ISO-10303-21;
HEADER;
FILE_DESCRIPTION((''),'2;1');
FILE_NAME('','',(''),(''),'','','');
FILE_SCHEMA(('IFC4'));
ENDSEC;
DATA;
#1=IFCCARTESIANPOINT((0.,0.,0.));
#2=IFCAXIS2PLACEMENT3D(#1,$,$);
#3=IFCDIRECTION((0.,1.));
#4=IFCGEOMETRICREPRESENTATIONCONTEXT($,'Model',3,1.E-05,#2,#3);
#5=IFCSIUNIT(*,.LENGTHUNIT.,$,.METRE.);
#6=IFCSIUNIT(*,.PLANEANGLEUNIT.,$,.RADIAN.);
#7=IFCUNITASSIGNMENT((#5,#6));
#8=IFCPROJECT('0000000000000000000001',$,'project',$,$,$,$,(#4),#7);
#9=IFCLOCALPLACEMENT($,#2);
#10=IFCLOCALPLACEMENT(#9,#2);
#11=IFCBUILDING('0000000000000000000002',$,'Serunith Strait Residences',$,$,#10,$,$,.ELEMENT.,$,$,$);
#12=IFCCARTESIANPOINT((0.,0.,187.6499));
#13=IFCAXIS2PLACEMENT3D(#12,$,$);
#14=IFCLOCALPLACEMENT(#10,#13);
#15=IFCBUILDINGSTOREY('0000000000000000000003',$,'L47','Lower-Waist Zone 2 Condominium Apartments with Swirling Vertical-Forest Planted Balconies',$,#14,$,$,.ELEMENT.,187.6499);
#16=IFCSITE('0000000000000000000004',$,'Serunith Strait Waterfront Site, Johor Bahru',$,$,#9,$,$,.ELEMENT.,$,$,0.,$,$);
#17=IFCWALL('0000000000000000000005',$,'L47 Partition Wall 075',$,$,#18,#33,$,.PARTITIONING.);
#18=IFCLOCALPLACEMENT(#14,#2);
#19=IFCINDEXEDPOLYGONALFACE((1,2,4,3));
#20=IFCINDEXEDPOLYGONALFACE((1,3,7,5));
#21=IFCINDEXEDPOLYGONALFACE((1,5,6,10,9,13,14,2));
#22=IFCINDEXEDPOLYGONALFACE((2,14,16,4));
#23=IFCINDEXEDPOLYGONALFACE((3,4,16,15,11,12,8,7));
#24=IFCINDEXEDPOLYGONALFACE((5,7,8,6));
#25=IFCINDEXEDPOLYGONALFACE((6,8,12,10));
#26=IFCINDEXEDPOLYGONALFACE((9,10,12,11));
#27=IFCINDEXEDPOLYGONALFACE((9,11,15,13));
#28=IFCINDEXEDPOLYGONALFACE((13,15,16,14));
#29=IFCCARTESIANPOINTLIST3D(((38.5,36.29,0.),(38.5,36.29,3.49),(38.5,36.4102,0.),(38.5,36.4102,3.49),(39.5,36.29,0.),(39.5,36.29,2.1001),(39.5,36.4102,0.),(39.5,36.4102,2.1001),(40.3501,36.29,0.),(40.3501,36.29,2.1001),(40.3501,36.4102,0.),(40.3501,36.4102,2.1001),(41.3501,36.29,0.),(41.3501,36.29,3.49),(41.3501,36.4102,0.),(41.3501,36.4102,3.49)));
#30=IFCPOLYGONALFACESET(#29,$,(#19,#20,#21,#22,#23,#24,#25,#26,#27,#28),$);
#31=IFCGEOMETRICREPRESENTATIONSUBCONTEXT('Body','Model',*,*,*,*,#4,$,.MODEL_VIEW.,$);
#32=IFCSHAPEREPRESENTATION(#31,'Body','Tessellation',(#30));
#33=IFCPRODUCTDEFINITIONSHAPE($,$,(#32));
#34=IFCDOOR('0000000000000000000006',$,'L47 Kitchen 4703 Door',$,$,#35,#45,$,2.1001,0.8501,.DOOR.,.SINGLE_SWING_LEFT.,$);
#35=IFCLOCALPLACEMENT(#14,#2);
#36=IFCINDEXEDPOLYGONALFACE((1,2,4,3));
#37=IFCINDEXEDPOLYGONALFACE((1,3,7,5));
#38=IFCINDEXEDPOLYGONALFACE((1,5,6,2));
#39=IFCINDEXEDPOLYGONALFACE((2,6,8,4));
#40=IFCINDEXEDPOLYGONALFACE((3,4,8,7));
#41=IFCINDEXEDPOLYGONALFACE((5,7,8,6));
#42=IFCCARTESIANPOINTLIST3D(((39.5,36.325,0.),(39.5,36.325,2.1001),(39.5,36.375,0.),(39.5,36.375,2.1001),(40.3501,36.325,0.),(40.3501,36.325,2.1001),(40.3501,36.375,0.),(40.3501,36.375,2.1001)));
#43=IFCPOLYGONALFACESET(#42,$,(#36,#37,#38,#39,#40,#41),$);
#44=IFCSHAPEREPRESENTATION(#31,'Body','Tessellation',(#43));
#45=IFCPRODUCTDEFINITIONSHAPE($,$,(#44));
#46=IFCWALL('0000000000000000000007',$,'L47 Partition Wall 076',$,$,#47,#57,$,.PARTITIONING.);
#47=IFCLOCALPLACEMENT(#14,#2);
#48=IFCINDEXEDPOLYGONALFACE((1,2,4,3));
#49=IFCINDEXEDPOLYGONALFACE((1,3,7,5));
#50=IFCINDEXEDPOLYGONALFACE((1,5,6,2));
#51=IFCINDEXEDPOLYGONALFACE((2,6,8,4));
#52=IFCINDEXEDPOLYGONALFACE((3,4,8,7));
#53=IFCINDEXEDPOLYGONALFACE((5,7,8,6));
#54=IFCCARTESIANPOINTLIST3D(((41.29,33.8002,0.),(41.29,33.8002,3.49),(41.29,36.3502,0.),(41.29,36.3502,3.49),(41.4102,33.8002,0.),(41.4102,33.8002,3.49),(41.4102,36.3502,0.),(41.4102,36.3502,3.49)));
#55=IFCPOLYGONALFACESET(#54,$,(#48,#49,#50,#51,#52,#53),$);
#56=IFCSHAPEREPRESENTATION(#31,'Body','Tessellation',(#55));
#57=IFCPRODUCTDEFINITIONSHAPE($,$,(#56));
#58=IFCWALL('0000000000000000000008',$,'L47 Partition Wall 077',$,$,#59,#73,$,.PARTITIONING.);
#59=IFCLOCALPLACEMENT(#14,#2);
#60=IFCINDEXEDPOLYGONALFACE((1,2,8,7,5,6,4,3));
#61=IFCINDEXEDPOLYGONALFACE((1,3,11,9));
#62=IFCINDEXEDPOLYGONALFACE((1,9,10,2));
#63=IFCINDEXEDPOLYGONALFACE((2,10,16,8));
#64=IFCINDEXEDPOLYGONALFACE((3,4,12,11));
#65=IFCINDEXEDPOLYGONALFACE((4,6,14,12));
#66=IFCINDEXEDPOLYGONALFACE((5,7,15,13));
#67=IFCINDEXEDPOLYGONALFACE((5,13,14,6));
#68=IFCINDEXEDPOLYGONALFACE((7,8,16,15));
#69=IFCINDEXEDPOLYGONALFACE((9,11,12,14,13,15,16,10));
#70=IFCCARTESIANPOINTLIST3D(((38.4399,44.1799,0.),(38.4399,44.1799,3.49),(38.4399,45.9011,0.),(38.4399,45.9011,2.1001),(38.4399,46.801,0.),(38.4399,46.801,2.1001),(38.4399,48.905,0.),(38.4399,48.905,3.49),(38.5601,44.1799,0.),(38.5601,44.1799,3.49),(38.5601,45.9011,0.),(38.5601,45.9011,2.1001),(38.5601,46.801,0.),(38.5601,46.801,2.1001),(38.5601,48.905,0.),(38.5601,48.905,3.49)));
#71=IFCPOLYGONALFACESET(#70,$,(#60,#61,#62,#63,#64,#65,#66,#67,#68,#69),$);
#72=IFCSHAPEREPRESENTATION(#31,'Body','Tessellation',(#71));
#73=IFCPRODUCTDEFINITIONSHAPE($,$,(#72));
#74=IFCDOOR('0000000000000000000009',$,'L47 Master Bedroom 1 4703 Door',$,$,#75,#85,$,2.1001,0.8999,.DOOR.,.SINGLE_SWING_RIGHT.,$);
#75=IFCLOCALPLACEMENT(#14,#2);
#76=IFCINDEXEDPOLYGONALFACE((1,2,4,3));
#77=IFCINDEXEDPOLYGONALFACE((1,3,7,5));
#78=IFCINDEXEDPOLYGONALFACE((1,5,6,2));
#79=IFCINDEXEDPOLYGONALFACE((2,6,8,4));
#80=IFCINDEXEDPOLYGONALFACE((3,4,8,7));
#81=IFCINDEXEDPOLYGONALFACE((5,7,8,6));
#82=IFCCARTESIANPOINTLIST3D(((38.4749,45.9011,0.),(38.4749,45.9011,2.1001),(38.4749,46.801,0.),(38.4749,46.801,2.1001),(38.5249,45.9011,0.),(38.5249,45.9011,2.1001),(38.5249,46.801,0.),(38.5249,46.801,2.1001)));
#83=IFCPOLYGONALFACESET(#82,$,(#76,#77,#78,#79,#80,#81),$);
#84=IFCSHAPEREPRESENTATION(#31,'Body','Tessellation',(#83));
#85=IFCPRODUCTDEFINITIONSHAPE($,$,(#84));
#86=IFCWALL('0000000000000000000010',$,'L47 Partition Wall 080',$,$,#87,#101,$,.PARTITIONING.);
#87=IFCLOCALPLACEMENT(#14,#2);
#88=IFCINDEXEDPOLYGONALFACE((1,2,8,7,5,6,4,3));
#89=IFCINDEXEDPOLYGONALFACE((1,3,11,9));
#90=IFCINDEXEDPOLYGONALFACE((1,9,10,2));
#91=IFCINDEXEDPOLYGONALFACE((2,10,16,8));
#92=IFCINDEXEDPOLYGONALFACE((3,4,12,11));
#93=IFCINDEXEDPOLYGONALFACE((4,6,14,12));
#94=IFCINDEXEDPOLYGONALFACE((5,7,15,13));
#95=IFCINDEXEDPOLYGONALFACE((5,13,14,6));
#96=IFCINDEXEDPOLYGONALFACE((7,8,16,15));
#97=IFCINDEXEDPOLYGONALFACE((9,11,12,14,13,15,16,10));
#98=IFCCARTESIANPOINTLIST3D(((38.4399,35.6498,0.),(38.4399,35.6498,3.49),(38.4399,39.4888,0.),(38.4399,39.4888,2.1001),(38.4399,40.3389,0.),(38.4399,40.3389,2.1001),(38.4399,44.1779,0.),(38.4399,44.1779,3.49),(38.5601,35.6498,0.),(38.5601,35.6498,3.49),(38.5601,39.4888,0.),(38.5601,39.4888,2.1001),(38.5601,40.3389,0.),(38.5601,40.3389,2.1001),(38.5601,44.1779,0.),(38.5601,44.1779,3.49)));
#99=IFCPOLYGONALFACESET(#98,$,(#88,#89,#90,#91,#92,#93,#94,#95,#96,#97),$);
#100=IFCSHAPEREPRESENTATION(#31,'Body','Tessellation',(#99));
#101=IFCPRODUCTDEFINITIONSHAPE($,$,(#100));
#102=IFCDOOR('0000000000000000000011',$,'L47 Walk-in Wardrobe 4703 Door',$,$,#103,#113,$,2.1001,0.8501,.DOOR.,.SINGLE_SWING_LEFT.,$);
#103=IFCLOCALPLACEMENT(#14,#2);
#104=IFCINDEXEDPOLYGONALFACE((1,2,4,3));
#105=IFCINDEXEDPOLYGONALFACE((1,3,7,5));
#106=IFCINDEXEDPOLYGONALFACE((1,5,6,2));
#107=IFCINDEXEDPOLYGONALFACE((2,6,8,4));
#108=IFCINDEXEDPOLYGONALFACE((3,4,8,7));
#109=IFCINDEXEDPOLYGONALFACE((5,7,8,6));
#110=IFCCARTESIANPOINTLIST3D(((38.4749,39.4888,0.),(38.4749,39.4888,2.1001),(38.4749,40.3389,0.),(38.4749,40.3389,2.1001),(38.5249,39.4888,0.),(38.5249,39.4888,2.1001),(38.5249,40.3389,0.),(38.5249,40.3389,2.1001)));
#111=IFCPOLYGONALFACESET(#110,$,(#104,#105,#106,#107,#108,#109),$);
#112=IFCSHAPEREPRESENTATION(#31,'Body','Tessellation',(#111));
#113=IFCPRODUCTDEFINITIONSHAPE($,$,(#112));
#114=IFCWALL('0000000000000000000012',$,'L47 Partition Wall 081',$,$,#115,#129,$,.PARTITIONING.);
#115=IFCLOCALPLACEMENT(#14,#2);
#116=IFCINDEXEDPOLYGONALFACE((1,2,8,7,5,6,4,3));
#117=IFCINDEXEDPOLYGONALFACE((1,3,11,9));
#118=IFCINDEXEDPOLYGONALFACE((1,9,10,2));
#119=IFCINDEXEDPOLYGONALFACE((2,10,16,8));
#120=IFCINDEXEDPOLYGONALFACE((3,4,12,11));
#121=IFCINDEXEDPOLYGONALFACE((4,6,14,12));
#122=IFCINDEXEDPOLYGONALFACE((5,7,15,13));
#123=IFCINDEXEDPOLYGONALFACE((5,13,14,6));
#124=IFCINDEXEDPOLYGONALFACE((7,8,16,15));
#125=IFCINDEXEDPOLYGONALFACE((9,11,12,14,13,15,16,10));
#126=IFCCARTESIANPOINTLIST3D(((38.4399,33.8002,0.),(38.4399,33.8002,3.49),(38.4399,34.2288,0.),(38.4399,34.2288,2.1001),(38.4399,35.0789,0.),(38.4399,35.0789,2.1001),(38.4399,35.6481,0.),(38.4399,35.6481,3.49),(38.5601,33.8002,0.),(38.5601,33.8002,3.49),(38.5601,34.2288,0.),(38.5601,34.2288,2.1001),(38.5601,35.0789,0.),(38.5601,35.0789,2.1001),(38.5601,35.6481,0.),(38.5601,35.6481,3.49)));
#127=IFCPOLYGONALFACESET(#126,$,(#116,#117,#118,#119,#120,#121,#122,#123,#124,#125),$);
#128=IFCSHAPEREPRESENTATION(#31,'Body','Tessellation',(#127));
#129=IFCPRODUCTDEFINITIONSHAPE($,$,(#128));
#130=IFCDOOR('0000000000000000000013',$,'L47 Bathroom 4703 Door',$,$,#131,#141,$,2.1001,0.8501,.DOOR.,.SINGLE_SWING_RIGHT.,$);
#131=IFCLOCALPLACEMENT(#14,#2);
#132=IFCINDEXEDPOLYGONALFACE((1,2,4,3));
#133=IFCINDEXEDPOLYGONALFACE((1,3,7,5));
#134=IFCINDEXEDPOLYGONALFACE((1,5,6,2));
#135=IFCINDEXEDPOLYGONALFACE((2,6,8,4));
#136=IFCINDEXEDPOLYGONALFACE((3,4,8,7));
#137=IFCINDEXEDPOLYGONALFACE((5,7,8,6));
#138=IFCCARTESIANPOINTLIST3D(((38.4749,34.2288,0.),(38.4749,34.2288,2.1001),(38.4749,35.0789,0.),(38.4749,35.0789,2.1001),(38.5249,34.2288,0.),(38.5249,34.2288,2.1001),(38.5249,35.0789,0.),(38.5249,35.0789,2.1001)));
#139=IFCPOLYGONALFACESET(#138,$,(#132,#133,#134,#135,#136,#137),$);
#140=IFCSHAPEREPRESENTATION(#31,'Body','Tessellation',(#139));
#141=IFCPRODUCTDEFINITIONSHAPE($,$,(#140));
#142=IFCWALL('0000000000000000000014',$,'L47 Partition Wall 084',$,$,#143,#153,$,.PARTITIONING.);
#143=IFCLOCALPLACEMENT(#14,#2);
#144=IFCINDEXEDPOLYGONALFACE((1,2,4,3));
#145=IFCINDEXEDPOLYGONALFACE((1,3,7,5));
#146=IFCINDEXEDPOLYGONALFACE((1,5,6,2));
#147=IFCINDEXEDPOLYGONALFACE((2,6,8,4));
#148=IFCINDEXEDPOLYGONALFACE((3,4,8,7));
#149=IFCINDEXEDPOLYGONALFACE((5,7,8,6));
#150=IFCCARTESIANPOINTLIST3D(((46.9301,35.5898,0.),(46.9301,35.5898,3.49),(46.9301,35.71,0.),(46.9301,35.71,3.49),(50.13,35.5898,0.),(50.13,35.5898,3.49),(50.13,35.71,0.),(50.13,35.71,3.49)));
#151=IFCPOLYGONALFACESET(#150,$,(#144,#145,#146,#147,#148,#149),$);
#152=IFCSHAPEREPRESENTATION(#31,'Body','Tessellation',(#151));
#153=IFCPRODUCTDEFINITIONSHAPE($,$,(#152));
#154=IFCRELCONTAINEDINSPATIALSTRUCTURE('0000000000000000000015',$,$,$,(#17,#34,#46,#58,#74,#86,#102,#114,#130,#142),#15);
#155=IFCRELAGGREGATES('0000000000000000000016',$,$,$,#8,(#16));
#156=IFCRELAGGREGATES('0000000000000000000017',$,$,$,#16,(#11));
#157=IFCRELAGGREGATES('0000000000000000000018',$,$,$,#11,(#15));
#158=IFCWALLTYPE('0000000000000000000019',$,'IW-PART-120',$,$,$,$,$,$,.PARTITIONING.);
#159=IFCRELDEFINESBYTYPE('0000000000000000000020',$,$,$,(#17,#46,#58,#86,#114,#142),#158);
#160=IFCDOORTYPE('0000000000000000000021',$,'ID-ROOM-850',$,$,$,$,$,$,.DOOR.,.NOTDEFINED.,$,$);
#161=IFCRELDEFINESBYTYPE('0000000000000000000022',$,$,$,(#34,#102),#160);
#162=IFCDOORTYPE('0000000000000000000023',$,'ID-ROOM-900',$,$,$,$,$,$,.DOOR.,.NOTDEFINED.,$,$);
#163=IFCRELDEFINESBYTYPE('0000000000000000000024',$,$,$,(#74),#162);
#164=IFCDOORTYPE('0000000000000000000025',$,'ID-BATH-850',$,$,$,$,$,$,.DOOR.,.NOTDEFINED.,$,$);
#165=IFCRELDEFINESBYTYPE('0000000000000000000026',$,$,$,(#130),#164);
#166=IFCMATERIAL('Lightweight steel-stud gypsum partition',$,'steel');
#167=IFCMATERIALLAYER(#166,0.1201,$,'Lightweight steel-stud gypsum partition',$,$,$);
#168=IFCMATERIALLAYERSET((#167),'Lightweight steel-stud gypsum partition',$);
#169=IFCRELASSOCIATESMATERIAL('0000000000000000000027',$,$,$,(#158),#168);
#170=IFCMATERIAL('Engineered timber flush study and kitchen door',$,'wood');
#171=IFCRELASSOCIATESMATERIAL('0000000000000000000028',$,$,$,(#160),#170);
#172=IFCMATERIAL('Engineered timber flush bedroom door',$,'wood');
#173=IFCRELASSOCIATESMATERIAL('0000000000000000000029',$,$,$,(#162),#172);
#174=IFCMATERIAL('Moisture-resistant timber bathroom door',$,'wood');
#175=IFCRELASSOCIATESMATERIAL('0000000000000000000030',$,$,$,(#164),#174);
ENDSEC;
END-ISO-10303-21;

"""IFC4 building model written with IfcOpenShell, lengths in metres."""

from ifc_helpers import new_model, si_unit, direction, frame, frame_2d, origin, place, context, subcontext, project, spatial, rectangle, extrude, source, transform, mapped, material, layer, layer_set, type_object, element, fill, save


model = new_model("IFC4")

# Units and contexts
model_context = context("Model", 3, precision=1e-05, world=origin(), true_north=direction((0.0, 1.0)))
body_context = subcontext(model_context, "Body", "Model", "MODEL_VIEW")
ifc_project = project(units=[si_unit("LENGTHUNIT", "METRE"), si_unit("PLANEANGLEUNIT", "RADIAN")], contexts=[model_context])

# Site, building, storey
site_placement = place(None, origin())
site = spatial("IfcSite", under=ifc_project, at=site_placement, Name="Serunith Strait Waterfront Site, Johor Bahru", CompositionType="ELEMENT", RefElevation=0.0)
building_placement = place(site_placement, origin())
building = spatial("IfcBuilding", under=site, at=building_placement, Name="Serunith Strait Residences", CompositionType="ELEMENT")
storey_placement = place(building_placement, frame((0.0, 0.0, 187.6499)))
storey = spatial("IfcBuildingStorey", under=building, at=storey_placement, Name="L47", Description="Lower-Waist Zone 2 Condominium Apartments with Swirling Vertical-Forest Planted Balconies", CompositionType="ELEMENT", Elevation=187.6499)

# Wall, opening, door
ifc_material_1 = material(Name="Lightweight steel-stud gypsum partition", Category="steel")
ifc_layer_1 = layer(ifc_material_1, 0.1201, Name="Lightweight steel-stud gypsum partition")
ifc_layer_set_1 = layer_set([ifc_layer_1], Name="Lightweight steel-stud gypsum partition")
wall_type = type_object("IfcWallType", Name="IW-PART-120", PredefinedType="PARTITIONING", material=ifc_layer_set_1)
wall_1_placement = place(storey_placement, frame((38.5, 36.3501, 0.0), z_axis=(0.0, 0.0, 1.0), x_axis=(1.0, 0.0, 0.0)))
wall_1 = element("IfcWall", 1, at=wall_1_placement, inside=storey, type_object=wall_type, Name="L47 Partition Wall 075", PredefinedType="PARTITIONING", context=body_context, shape_type="SweptSolid", body=[
    extrude(rectangle(XDim=2.8501, YDim=0.1201, at=frame_2d((1.425, 0.0))), origin(), (0.0, 0.0, 1.0), 3.49),
])
opening_1_placement = place(wall_1_placement, frame((1.0, 0.0, 0.0)))
opening_1 = element("IfcOpeningElement", 2, at=opening_1_placement, cuts=wall_1, PredefinedType="OPENING", context=body_context, shape_type="SweptSolid", body=[
    extrude(rectangle(XDim=0.8501, YDim=2.1001, at=frame_2d((0.425, 1.05))), frame((0.0, 0.0701, 0.0), z_axis=(0.0, -1.0, 0.0), x_axis=(1.0, 0.0, 0.0)), (0.0, 0.0, 1.0), 0.1401),
])
ifc_material_2 = material(Name="Engineered timber flush study and kitchen door", Category="wood")
door_type_1 = type_object("IfcDoorType", Name="ID-ROOM-850", OperationType="NOTDEFINED", PredefinedType="DOOR", material=ifc_material_2)
shared_shape_1 = source(origin(), body_context, "Body", "SweptSolid", [
    extrude(rectangle(XDim=0.8501, YDim=2.1001, at=frame_2d((0.425, 1.05))), frame((0.0, 0.0249, 0.0), z_axis=(0.0, -1.0, 0.0), x_axis=(1.0, 0.0, 0.0)), (0.0, 0.0, 1.0), 0.05),
])
door_1_placement = place(opening_1_placement, origin())
door_1 = element("IfcDoor", 3, at=door_1_placement, inside=storey, type_object=door_type_1, Name="L47 Kitchen 4703 Door", OperationType="SINGLE_SWING_LEFT", OverallHeight=2.1001, OverallWidth=0.8501, PredefinedType="DOOR", context=body_context, shape_type="MappedRepresentation", body=[
    mapped(shared_shape_1, transform((0.0, 0.0, 0.0), scale=1.0)),
])
fill(opening_1, door_1)

# Wall
wall_2_placement = place(storey_placement, frame((41.3501, 36.3501, 0.0), z_axis=(0.0, 0.0, 1.0), x_axis=(0.0, -1.0, 0.0)))
element("IfcWall", 4, at=wall_2_placement, inside=storey, type_object=wall_type, Name="L47 Partition Wall 076", PredefinedType="PARTITIONING", context=body_context, shape_type="SweptSolid", body=[
    extrude(rectangle(XDim=2.55, YDim=0.1201, at=frame_2d((1.2749, 0.0))), origin(), (0.0, 0.0, 1.0), 3.49),
])

# Walls, openings, doors
wall_3_placement = place(storey_placement, frame((38.5, 48.905, 0.0), z_axis=(0.0, 0.0, 1.0), x_axis=(0.0, -1.0, 0.0)))
wall_3 = element("IfcWall", 5, at=wall_3_placement, inside=storey, type_object=wall_type, Name="L47 Partition Wall 077", PredefinedType="PARTITIONING", context=body_context, shape_type="SweptSolid", body=[
    extrude(rectangle(XDim=4.7251, YDim=0.1201, at=frame_2d((2.3625, 0.0))), origin(), (0.0, 0.0, 1.0), 3.49),
])
opening_2_placement = place(wall_3_placement, frame((2.104, 0.0, 0.0)))
opening_2 = element("IfcOpeningElement", 6, at=opening_2_placement, cuts=wall_3, PredefinedType="OPENING", context=body_context, shape_type="SweptSolid", body=[
    extrude(rectangle(XDim=0.8999, YDim=2.1001, at=frame_2d((0.45, 1.05))), frame((0.0, 0.0701, 0.0), z_axis=(0.0, -1.0, 0.0), x_axis=(1.0, 0.0, 0.0)), (0.0, 0.0, 1.0), 0.1401),
])
ifc_material_3 = material(Name="Engineered timber flush bedroom door", Category="wood")
door_type_2 = type_object("IfcDoorType", Name="ID-ROOM-900", OperationType="NOTDEFINED", PredefinedType="DOOR", material=ifc_material_3)
shared_shape_2 = source(origin(), body_context, "Body", "SweptSolid", [
    extrude(rectangle(XDim=0.8999, YDim=2.1001, at=frame_2d((0.45, 1.05))), frame((0.0, 0.0249, 0.0), z_axis=(0.0, -1.0, 0.0), x_axis=(1.0, 0.0, 0.0)), (0.0, 0.0, 1.0), 0.05),
])
door_2_placement = place(opening_2_placement, origin())
door_2 = element("IfcDoor", 7, at=door_2_placement, inside=storey, type_object=door_type_2, Name="L47 Master Bedroom 1 4703 Door", OperationType="SINGLE_SWING_RIGHT", OverallHeight=2.1001, OverallWidth=0.8999, PredefinedType="DOOR", context=body_context, shape_type="MappedRepresentation", body=[
    mapped(shared_shape_2, transform((0.0, 0.0, 0.0), scale=1.0)),
])
fill(opening_2, door_2)
wall_4_placement = place(storey_placement, frame((38.5, 44.178, 0.0), z_axis=(0.0, 0.0, 1.0), x_axis=(0.0, -1.0, 0.0)))
wall_4 = element("IfcWall", 8, at=wall_4_placement, inside=storey, type_object=wall_type, Name="L47 Partition Wall 080", PredefinedType="PARTITIONING", context=body_context, shape_type="SweptSolid", body=[
    extrude(rectangle(XDim=8.5281, YDim=0.1201, at=frame_2d((4.2642, 0.0))), origin(), (0.0, 0.0, 1.0), 3.49),
])
opening_3_placement = place(wall_4_placement, frame((3.8391, 0.0, 0.0)))
opening_3 = element("IfcOpeningElement", 9, at=opening_3_placement, cuts=wall_4, PredefinedType="OPENING", context=body_context, shape_type="SweptSolid", body=[
    extrude(rectangle(XDim=0.8501, YDim=2.1001, at=frame_2d((0.425, 1.05))), frame((0.0, 0.0701, 0.0), z_axis=(0.0, -1.0, 0.0), x_axis=(1.0, 0.0, 0.0)), (0.0, 0.0, 1.0), 0.1401),
])
door_3_placement = place(opening_3_placement, origin())
door_3 = element("IfcDoor", 10, at=door_3_placement, inside=storey, type_object=door_type_1, Name="L47 Walk-in Wardrobe 4703 Door", OperationType="SINGLE_SWING_LEFT", OverallHeight=2.1001, OverallWidth=0.8501, PredefinedType="DOOR", context=body_context, shape_type="MappedRepresentation", body=[
    mapped(shared_shape_1, transform((0.0, 0.0, 0.0), scale=1.0)),
])
fill(opening_3, door_3)
wall_5_placement = place(storey_placement, frame((38.5, 35.6479, 0.0), z_axis=(0.0, 0.0, 1.0), x_axis=(0.0, -1.0, 0.0)))
wall_5 = element("IfcWall", 11, at=wall_5_placement, inside=storey, type_object=wall_type, Name="L47 Partition Wall 081", PredefinedType="PARTITIONING", context=body_context, shape_type="SweptSolid", body=[
    extrude(rectangle(XDim=1.8479, YDim=0.1201, at=frame_2d((0.9238, 0.0))), origin(), (0.0, 0.0, 1.0), 3.49),
])
opening_4_placement = place(wall_5_placement, frame((0.5691, 0.0, 0.0)))
opening_4 = element("IfcOpeningElement", 12, at=opening_4_placement, cuts=wall_5, PredefinedType="OPENING", context=body_context, shape_type="SweptSolid", body=[
    extrude(rectangle(XDim=0.8501, YDim=2.1001, at=frame_2d((0.425, 1.05))), frame((0.0, 0.0701, 0.0), z_axis=(0.0, -1.0, 0.0), x_axis=(1.0, 0.0, 0.0)), (0.0, 0.0, 1.0), 0.1401),
])
ifc_material_4 = material(Name="Moisture-resistant timber bathroom door", Category="wood")
door_type_3 = type_object("IfcDoorType", Name="ID-BATH-850", OperationType="NOTDEFINED", PredefinedType="DOOR", material=ifc_material_4)
door_4_placement = place(opening_4_placement, origin())
door_4 = element("IfcDoor", 13, at=door_4_placement, inside=storey, type_object=door_type_3, Name="L47 Bathroom 4703 Door", OperationType="SINGLE_SWING_RIGHT", OverallHeight=2.1001, OverallWidth=0.8501, PredefinedType="DOOR", context=body_context, shape_type="MappedRepresentation", body=[
    mapped(shared_shape_1, transform((0.0, 0.0, 0.0), scale=1.0)),
])
fill(opening_4, door_4)

# Wall
wall_6_placement = place(storey_placement, frame((46.9299, 35.6499, 0.0), z_axis=(0.0, 0.0, 1.0), x_axis=(1.0, 0.0, 0.0)))
element("IfcWall", 14, at=wall_6_placement, inside=storey, type_object=wall_type, Name="L47 Partition Wall 084", PredefinedType="PARTITIONING", context=body_context, shape_type="SweptSolid", body=[
    extrude(rectangle(XDim=3.2, YDim=0.1201, at=frame_2d((1.6001, 0.0))), origin(), (0.0, 0.0, 1.0), 3.49),
])

save(model, "model.ifc")
